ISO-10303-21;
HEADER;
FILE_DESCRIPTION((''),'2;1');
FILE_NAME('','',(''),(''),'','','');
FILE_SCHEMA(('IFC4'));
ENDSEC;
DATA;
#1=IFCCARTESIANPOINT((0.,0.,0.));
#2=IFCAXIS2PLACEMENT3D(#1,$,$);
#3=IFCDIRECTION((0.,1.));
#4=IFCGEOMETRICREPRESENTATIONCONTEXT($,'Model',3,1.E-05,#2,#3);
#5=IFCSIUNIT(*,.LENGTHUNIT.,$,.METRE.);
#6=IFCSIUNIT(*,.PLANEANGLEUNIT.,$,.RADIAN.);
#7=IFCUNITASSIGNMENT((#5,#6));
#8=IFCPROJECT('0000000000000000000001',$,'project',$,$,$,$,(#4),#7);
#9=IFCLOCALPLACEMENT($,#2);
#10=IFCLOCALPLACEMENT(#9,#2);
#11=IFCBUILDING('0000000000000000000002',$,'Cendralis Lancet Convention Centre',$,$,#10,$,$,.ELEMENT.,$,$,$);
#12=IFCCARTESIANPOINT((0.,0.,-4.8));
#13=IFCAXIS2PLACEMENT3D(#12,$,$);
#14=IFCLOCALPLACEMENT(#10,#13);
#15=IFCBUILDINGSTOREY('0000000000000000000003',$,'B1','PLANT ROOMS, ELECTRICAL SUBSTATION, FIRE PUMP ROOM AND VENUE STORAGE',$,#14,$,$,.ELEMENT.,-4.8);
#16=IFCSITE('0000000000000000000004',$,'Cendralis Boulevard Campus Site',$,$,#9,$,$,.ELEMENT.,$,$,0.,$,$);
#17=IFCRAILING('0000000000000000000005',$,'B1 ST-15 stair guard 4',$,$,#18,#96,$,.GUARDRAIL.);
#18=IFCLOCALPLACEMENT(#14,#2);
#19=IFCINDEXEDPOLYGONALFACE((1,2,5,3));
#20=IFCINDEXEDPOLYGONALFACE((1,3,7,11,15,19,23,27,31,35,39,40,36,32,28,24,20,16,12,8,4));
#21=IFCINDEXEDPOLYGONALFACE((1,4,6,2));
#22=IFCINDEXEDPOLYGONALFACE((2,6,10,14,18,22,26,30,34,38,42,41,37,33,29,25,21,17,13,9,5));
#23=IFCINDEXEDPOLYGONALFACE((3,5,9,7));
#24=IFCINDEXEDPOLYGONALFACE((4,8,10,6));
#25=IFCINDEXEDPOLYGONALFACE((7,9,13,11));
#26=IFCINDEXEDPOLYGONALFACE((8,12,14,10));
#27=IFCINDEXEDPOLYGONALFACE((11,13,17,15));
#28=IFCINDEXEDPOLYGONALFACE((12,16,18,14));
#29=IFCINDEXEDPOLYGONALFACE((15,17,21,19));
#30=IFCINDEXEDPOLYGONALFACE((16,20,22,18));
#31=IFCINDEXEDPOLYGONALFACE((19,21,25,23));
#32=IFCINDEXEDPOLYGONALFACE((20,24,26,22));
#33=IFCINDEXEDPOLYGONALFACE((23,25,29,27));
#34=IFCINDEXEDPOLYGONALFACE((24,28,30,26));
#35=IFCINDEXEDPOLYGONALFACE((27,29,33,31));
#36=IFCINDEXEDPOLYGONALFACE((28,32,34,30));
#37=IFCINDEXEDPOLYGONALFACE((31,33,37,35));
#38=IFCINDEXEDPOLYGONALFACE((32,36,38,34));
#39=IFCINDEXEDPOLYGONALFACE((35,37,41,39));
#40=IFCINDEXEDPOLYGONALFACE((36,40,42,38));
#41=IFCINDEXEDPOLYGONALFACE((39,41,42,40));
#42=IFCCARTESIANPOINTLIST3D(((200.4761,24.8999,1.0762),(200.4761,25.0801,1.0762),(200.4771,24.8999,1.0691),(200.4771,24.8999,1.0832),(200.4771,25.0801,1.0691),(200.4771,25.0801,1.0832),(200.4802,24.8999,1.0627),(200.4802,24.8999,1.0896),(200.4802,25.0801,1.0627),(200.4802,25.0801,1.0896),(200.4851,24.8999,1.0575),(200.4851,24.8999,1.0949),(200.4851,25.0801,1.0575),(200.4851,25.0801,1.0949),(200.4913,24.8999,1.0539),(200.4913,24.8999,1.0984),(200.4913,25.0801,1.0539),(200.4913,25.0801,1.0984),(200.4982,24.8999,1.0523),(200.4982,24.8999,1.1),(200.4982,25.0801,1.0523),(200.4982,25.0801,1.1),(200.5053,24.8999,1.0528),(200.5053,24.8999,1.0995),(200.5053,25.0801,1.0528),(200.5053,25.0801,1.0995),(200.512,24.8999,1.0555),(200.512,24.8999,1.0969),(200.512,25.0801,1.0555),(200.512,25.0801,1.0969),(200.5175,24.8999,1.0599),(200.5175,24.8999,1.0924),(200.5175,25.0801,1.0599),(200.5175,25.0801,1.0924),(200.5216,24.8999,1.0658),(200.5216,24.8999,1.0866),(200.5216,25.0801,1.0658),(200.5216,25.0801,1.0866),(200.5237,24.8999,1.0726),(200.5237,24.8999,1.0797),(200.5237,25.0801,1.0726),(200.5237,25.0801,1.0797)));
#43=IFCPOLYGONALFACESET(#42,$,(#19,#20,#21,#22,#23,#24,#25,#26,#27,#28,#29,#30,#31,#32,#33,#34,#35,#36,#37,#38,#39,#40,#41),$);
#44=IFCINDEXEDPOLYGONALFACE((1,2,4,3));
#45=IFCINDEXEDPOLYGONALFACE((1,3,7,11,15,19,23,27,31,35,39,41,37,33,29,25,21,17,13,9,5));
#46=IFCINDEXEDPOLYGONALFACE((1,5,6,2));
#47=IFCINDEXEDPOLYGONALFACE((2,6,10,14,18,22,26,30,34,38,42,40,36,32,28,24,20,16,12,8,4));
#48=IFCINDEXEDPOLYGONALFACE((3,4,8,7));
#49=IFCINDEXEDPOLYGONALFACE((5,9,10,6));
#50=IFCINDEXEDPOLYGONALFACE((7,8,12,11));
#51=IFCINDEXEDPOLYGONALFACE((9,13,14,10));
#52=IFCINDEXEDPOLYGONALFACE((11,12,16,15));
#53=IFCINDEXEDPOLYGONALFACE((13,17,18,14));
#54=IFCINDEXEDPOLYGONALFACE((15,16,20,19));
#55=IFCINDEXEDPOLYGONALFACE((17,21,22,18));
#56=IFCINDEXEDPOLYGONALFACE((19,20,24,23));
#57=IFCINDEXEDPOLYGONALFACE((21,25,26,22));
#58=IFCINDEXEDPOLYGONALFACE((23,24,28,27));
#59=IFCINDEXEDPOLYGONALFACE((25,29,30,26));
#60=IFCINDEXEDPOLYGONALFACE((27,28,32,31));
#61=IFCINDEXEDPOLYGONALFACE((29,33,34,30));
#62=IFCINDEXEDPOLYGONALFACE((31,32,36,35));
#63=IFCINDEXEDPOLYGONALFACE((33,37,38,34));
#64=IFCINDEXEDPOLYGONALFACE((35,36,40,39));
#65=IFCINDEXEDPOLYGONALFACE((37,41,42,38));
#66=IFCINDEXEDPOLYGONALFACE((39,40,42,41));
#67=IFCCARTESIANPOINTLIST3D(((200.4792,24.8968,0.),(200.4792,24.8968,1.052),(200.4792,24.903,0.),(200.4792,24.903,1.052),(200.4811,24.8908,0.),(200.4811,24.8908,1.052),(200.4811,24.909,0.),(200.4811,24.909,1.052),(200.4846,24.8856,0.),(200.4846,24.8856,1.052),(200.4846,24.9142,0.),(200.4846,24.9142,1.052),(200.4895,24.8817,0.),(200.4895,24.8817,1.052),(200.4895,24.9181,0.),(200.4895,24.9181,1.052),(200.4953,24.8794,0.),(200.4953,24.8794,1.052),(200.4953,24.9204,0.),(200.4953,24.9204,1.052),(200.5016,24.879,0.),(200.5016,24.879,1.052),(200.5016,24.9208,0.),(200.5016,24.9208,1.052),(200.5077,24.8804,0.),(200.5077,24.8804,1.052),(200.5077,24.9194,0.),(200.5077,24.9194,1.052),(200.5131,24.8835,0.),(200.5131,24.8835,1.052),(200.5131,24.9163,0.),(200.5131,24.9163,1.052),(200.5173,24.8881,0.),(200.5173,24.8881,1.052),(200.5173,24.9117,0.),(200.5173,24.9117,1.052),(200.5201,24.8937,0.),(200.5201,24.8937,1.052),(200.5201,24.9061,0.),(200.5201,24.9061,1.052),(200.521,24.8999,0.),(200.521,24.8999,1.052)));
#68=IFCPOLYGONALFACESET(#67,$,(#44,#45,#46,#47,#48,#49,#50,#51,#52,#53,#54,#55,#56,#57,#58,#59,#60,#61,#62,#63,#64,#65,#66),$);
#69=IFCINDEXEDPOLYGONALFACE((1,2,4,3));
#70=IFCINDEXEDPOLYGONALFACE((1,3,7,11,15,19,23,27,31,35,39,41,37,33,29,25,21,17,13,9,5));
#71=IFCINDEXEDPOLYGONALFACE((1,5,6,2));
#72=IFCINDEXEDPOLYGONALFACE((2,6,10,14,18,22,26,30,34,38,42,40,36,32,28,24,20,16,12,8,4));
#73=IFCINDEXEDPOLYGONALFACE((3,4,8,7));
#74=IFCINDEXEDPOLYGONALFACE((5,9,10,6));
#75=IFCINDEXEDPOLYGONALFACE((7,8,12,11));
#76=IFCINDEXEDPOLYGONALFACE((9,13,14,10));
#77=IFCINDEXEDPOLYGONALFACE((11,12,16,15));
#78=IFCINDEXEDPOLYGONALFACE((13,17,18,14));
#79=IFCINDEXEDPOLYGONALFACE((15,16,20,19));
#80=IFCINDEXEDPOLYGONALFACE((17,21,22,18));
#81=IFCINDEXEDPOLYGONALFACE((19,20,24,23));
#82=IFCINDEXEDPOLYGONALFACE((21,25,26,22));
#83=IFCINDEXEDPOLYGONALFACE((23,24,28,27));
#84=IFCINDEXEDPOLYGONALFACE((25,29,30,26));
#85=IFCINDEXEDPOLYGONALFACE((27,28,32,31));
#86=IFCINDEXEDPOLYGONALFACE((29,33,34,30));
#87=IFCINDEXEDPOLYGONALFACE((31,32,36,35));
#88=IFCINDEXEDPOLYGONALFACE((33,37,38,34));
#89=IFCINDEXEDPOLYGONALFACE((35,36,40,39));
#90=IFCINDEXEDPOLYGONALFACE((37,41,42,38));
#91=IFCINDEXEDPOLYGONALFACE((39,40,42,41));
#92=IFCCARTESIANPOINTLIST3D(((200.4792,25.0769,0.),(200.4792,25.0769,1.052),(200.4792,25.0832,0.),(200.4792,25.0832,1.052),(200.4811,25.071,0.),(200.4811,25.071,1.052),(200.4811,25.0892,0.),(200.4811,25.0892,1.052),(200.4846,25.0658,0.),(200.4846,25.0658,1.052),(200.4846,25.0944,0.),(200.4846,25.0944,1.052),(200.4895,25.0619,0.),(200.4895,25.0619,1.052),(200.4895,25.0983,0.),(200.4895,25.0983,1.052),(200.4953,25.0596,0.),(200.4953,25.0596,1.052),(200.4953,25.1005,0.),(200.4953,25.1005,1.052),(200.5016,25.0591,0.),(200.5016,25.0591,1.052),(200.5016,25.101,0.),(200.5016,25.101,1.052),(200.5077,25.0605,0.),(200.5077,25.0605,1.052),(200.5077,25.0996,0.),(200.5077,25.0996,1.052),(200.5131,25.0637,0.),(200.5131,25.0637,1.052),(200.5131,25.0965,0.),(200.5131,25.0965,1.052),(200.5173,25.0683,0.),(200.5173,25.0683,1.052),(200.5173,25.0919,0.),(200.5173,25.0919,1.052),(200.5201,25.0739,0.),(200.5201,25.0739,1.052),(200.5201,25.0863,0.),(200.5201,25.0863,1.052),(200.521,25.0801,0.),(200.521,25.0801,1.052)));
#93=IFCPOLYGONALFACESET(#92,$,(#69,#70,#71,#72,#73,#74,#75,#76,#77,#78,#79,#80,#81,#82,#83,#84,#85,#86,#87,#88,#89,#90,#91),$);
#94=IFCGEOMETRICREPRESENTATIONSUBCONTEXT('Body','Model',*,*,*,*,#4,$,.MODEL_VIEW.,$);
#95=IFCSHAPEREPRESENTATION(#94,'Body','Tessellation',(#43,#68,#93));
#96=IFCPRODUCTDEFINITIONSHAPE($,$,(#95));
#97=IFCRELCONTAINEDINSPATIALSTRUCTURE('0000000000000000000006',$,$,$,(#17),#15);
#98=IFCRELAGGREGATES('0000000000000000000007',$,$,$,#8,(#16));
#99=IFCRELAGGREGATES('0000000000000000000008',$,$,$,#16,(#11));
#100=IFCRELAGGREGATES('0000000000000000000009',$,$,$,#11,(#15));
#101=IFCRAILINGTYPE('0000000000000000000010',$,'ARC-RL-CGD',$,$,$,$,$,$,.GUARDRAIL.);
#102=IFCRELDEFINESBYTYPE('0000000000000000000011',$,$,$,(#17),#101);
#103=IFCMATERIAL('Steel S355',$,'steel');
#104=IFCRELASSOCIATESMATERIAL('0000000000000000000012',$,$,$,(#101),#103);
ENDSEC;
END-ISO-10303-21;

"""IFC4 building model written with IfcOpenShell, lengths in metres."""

from ifc_helpers import new_model, si_unit, direction, frame, origin, origin_2d, place, context, subcontext, project, spatial, circle, extrude, material, type_object, element, save


model = new_model("IFC4")

# Units and contexts
model_context = context("Model", 3, precision=1e-05, world=origin(), true_north=direction((0.0, 1.0)))
body_context = subcontext(model_context, "Body", "Model", "MODEL_VIEW")
ifc_project = project(units=[si_unit("LENGTHUNIT", "METRE"), si_unit("PLANEANGLEUNIT", "RADIAN")], contexts=[model_context])

# Site, building, storey
site_placement = place(None, origin())
site = spatial("IfcSite", under=ifc_project, at=site_placement, Name="Cendralis Boulevard Campus Site", CompositionType="ELEMENT", RefElevation=0.0)
building_placement = place(site_placement, origin())
building = spatial("IfcBuilding", under=site, at=building_placement, Name="Cendralis Lancet Convention Centre", CompositionType="ELEMENT")
storey_placement = place(building_placement, frame((0.0, 0.0, -4.8)))
storey = spatial("IfcBuildingStorey", under=building, at=storey_placement, Name="B1", Description="PLANT ROOMS, ELECTRICAL SUBSTATION, FIRE PUMP ROOM AND VENUE STORAGE", CompositionType="ELEMENT", Elevation=-4.8)

# Railing
ifc_material_1 = material(Name="Steel S355", Category="steel")
railing_type_1 = type_object("IfcRailingType", Name="ARC-RL-CGD", PredefinedType="GUARDRAIL", material=ifc_material_1)
railing_1_placement = place(storey_placement, frame((200.5, 24.8999, 0.0)))
element("IfcRailing", 1, at=railing_1_placement, inside=storey, type_object=railing_type_1, Name="B1 ST-15 stair guard 4", PredefinedType="GUARDRAIL", context=body_context, shape_type="SweptSolid", body=[
    extrude(circle(Radius=0.0239, at=origin_2d()), frame((0.0, 0.0, 1.0762), z_axis=(0.0, 1.0, 0.0), x_axis=(-1.0, 0.0, 0.0)), (0.0, 0.0, 1.0), 0.1802),
    extrude(circle(Radius=0.021, at=origin_2d()), origin(), (0.0, 0.0, 1.0), 1.052),
    extrude(circle(Radius=0.021, at=origin_2d()), frame((0.0, 0.1802, 0.0)), (0.0, 0.0, 1.0), 1.052),
])

save(model, "model.ifc")
